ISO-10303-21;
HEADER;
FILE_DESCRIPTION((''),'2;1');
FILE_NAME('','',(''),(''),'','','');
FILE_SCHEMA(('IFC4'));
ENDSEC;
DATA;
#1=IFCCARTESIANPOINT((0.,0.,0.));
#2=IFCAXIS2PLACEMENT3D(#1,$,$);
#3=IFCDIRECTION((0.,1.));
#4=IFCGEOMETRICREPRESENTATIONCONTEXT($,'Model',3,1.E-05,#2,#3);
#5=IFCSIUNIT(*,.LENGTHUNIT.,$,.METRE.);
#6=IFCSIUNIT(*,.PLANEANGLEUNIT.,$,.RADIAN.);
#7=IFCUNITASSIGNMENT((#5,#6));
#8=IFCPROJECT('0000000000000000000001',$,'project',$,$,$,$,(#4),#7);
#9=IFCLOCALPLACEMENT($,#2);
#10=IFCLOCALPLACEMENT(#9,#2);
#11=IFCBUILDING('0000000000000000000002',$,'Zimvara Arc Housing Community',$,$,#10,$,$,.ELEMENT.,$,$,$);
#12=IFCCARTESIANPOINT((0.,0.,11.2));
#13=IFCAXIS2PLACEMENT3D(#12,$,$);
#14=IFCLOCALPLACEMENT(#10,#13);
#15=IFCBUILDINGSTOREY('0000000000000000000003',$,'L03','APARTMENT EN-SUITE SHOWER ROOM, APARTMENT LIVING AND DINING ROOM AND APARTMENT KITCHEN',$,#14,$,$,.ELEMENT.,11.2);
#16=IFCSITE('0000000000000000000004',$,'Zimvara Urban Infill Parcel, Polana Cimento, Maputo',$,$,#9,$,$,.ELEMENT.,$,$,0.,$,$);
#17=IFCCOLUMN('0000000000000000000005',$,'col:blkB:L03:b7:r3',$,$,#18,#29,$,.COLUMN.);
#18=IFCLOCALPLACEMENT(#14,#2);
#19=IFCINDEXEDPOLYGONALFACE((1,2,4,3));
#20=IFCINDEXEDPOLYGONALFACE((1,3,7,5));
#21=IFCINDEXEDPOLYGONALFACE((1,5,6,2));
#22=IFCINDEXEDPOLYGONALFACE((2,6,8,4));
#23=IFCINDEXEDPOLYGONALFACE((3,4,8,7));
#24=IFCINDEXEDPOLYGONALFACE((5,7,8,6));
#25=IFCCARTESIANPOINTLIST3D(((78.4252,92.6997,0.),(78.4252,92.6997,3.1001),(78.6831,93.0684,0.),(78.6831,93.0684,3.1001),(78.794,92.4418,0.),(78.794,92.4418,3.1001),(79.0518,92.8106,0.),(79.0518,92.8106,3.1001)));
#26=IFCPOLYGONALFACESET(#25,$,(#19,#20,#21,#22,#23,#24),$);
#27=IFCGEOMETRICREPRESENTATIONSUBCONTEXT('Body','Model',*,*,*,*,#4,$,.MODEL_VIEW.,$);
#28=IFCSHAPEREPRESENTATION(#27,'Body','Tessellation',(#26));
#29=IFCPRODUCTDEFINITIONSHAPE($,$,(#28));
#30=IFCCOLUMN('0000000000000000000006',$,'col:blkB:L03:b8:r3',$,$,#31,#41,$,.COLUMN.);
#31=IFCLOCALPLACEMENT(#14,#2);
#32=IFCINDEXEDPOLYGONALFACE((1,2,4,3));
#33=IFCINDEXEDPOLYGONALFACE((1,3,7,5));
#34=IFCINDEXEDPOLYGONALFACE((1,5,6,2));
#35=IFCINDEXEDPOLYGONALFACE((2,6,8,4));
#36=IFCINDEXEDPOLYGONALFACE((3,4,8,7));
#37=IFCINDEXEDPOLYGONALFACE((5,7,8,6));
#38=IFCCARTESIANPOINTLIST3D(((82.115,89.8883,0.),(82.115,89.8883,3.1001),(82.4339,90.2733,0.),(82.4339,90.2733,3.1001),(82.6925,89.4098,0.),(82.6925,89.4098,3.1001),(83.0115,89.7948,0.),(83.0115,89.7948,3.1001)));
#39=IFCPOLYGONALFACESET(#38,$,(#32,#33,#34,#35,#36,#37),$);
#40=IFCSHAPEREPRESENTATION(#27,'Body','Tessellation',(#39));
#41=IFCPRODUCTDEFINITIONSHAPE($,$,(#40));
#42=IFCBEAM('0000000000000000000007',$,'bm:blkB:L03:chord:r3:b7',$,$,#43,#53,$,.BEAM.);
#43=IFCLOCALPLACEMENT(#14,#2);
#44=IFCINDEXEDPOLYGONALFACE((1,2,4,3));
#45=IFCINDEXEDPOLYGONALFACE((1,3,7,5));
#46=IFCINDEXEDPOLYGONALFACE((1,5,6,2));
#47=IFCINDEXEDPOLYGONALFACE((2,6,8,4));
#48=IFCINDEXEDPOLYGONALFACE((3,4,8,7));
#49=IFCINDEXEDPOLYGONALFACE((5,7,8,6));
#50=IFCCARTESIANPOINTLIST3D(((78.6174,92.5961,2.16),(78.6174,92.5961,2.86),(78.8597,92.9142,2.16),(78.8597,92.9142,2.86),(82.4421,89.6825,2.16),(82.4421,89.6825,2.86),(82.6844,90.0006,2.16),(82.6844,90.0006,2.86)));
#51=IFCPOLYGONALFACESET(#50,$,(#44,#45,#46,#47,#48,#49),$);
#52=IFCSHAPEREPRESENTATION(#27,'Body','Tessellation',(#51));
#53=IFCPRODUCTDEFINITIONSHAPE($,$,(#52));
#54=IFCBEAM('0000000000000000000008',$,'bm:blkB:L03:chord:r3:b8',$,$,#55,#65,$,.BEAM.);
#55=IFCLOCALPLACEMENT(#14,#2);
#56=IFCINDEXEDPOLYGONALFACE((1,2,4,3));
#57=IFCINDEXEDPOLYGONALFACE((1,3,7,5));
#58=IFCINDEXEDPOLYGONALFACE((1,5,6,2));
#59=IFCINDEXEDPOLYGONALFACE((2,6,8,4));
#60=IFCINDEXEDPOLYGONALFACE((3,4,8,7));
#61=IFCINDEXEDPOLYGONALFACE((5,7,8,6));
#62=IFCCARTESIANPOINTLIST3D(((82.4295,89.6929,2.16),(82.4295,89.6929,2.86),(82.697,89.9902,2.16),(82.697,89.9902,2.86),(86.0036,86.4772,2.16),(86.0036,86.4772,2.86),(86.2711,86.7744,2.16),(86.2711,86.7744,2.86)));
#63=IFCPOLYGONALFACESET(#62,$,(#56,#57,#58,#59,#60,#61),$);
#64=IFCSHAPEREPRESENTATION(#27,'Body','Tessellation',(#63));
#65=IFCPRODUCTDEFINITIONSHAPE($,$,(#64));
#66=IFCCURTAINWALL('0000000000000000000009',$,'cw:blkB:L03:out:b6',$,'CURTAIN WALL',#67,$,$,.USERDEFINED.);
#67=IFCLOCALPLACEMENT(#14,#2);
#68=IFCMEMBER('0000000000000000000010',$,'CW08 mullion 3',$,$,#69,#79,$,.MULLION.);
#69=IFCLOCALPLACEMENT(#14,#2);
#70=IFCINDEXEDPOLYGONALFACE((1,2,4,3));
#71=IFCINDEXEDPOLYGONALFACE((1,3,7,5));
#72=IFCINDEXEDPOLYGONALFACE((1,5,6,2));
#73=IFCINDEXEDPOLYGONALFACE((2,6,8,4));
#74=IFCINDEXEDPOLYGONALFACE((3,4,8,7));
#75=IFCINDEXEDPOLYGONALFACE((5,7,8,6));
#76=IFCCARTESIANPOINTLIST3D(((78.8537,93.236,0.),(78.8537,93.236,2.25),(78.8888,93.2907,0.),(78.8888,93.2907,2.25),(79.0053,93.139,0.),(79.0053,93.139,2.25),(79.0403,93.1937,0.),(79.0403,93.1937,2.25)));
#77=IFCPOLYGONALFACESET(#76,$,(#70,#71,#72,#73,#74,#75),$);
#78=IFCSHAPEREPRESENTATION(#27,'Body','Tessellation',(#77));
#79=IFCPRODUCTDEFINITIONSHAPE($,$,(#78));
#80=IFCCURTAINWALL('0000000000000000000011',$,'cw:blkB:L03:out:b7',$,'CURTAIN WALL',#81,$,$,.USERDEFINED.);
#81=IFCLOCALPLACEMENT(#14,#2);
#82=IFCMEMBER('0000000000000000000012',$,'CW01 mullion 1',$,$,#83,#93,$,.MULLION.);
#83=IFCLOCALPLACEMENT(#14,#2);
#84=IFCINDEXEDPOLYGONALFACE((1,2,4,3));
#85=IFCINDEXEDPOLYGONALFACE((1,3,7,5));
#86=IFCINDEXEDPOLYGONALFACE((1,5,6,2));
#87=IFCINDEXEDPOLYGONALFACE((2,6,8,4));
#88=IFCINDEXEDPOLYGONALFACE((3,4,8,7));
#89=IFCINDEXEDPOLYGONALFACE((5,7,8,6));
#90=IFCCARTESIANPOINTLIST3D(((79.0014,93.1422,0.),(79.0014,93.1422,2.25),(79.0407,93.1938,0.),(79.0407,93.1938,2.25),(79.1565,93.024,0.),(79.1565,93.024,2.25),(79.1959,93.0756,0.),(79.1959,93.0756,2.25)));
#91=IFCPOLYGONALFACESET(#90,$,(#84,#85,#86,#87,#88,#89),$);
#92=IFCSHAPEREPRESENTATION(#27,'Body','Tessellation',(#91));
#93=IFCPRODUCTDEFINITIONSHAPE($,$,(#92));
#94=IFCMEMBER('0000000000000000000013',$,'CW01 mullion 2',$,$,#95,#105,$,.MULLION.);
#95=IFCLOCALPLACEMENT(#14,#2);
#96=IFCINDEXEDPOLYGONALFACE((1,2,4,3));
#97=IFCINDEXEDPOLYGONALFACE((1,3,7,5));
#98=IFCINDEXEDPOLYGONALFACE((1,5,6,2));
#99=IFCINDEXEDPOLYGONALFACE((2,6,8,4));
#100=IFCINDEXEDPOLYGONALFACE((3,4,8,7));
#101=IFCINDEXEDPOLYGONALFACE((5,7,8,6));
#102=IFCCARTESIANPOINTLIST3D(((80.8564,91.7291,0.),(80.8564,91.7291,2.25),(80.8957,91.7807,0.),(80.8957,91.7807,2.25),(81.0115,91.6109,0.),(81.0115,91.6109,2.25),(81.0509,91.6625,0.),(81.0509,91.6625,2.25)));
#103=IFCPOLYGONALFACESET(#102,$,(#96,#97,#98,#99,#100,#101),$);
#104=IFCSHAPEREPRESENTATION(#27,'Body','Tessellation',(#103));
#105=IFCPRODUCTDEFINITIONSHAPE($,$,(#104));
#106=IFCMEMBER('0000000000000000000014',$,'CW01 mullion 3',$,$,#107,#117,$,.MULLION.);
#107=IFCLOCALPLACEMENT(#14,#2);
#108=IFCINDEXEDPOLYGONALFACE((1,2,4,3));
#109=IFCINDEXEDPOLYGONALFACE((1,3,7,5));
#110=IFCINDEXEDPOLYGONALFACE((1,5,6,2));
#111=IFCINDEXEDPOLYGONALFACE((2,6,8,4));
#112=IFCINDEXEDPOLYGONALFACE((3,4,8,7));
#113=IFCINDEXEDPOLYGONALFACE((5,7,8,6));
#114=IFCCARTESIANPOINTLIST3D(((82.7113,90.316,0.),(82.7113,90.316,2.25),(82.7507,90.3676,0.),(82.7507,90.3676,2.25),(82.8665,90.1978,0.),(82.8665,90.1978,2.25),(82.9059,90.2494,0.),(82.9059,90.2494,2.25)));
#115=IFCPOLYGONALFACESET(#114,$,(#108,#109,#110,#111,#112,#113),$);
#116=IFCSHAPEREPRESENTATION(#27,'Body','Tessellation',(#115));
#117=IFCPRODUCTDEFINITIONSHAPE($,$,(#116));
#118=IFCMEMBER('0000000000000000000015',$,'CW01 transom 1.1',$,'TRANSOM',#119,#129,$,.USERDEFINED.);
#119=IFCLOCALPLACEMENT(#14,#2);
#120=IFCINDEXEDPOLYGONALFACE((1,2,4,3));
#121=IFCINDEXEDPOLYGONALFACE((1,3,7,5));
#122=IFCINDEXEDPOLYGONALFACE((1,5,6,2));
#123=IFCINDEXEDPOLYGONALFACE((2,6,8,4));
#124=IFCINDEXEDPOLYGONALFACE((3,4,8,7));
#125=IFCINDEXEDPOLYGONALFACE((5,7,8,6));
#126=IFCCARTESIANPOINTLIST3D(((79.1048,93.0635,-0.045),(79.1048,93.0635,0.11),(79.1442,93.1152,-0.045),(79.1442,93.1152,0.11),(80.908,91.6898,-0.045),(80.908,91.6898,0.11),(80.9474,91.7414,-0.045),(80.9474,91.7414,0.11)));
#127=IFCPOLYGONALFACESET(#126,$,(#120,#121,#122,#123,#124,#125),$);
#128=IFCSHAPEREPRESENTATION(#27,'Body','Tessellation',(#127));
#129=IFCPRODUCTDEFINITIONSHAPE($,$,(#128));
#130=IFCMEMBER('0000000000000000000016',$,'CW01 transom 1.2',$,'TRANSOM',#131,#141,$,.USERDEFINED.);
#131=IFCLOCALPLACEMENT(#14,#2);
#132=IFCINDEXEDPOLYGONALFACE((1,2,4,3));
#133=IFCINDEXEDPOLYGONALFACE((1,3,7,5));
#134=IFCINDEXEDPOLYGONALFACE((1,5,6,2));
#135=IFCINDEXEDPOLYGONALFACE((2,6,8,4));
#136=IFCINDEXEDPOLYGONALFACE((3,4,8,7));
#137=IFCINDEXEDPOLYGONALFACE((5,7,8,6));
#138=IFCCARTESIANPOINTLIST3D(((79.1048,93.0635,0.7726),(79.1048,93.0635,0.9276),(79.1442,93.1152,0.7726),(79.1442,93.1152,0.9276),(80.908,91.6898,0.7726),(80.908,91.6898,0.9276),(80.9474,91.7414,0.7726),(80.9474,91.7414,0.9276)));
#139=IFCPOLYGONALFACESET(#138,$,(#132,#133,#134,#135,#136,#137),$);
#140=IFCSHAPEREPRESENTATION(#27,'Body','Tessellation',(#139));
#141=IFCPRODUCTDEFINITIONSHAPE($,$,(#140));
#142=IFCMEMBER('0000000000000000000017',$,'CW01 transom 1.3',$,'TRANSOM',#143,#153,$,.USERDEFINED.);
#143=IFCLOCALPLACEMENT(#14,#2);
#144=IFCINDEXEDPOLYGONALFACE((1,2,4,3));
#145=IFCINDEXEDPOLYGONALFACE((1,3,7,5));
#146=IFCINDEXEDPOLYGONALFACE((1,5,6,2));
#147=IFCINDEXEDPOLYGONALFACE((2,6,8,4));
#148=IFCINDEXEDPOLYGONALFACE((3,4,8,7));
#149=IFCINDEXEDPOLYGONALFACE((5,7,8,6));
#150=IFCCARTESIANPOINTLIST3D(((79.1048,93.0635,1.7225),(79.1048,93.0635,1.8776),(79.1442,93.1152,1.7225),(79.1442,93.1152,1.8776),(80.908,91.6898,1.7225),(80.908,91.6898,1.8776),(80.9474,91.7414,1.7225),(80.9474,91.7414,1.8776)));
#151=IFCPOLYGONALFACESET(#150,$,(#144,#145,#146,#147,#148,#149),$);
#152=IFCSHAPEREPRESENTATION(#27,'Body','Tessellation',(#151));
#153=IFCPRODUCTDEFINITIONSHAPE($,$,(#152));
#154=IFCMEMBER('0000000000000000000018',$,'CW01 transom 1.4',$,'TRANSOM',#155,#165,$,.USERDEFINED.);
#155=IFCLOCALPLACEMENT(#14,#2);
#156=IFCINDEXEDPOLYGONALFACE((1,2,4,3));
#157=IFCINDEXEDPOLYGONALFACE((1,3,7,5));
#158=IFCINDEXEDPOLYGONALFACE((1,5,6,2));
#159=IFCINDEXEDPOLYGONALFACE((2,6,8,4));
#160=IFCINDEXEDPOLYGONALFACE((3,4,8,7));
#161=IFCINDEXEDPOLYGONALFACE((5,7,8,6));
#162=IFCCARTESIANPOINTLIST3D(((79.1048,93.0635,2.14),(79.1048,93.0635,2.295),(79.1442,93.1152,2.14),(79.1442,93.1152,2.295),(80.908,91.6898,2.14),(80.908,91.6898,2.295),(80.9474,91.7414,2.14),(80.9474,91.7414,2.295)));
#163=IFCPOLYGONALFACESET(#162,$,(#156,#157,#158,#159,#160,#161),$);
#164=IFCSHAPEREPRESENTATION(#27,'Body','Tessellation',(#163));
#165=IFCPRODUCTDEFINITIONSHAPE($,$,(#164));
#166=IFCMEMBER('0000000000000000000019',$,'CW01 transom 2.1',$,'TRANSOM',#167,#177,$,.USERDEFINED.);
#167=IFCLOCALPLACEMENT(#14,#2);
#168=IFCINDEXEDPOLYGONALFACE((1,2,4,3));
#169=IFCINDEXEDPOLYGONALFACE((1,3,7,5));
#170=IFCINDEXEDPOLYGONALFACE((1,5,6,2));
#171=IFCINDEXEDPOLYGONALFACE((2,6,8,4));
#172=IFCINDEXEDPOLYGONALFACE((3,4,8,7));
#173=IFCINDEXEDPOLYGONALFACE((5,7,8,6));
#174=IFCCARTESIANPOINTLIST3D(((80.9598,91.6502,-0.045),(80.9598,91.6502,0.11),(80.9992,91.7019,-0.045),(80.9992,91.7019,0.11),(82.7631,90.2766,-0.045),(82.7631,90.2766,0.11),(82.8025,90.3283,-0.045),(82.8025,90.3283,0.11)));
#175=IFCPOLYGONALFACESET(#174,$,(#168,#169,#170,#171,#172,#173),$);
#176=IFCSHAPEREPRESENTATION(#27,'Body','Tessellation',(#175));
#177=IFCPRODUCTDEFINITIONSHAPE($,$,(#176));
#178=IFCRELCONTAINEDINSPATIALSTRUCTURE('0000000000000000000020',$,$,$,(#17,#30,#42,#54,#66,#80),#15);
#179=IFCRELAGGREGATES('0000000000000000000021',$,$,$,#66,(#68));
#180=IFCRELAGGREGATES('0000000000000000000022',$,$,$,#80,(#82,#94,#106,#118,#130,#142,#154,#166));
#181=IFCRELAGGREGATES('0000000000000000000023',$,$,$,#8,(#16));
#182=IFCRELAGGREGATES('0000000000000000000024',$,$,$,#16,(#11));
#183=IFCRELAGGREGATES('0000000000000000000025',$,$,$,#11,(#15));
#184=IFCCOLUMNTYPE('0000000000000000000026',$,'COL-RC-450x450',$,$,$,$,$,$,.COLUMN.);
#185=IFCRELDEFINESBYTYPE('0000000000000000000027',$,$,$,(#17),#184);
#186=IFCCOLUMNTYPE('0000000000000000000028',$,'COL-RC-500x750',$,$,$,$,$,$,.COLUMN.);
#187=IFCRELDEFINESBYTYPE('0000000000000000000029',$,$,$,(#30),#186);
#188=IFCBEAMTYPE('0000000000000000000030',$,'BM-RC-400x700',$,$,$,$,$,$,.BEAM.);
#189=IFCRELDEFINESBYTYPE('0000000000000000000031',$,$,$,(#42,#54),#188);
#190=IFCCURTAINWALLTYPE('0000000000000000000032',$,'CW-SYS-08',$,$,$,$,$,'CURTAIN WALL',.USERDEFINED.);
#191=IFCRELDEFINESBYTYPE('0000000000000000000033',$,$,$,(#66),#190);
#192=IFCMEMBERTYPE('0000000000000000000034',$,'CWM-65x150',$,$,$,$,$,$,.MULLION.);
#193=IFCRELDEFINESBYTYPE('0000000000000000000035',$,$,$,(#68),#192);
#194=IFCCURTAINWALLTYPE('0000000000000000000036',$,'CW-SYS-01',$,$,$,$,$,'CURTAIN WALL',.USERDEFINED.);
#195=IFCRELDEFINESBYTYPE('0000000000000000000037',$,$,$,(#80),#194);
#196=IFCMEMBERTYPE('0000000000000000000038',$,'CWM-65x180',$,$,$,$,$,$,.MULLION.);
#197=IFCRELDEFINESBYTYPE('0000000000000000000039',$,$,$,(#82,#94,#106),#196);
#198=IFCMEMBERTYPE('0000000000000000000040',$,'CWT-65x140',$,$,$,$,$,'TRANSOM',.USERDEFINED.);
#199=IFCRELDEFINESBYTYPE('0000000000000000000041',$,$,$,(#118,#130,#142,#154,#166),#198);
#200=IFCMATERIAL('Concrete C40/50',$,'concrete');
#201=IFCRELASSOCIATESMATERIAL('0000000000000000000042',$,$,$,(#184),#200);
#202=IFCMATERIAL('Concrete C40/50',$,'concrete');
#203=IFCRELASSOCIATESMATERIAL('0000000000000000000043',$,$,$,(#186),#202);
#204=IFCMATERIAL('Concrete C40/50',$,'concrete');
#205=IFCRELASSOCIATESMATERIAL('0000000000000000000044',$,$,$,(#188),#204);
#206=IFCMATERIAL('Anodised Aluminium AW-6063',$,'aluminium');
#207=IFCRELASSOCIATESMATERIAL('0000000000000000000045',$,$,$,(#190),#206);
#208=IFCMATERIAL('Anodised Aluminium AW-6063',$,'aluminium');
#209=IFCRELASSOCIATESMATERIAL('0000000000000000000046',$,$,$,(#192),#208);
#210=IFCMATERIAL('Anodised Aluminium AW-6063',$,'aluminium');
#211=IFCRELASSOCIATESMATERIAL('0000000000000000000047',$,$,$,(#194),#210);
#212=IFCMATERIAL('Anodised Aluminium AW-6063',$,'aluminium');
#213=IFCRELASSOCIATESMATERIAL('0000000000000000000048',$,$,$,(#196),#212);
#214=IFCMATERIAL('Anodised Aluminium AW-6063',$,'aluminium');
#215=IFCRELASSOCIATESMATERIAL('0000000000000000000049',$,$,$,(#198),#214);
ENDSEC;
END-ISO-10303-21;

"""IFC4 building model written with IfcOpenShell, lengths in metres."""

from ifc_helpers import new_model, si_unit, direction, frame, origin, origin_2d, place, context, subcontext, project, spatial, rectangle, extrude, material, material_profile, profile_set, type_object, element, aggregate, save


model = new_model("IFC4")

# Units and contexts
model_context = context("Model", 3, precision=1e-05, world=origin(), true_north=direction((0.0, 1.0)))
body_context = subcontext(model_context, "Body", "Model", "MODEL_VIEW")
ifc_project = project(units=[si_unit("LENGTHUNIT", "METRE"), si_unit("PLANEANGLEUNIT", "RADIAN")], contexts=[model_context])

# Site, building, storey
site_placement = place(None, origin())
site = spatial("IfcSite", under=ifc_project, at=site_placement, Name="Zimvara Urban Infill Parcel, Polana Cimento, Maputo", CompositionType="ELEMENT", RefElevation=0.0)
building_placement = place(site_placement, origin())
building = spatial("IfcBuilding", under=site, at=building_placement, Name="Zimvara Arc Housing Community", CompositionType="ELEMENT")
storey_placement = place(building_placement, frame((0.0, 0.0, 11.2)))
storey = spatial("IfcBuildingStorey", under=building, at=storey_placement, Name="L03", Description="APARTMENT EN-SUITE SHOWER ROOM, APARTMENT LIVING AND DINING ROOM AND APARTMENT KITCHEN", CompositionType="ELEMENT", Elevation=11.2)

# Columns
ifc_material_1 = material(Name="Concrete C40/50", Category="concrete")
ifc_material_profile_1 = material_profile(ifc_material_1, rectangle(XDim=0.45, YDim=0.45, at=origin_2d()), Name="RC 450x450")
ifc_profile_set_1 = profile_set([ifc_material_profile_1], Name="Concrete C40/50")
column_type_1 = type_object("IfcColumnType", Name="COL-RC-450x450", PredefinedType="COLUMN", material=ifc_profile_set_1)
column_1_placement = place(storey_placement, frame((78.7385, 92.7551, 0.0), z_axis=(0.0, 0.0, 1.0), x_axis=(0.573004, 0.819552, 0.0)))
element("IfcColumn", 1, at=column_1_placement, inside=storey, type_object=column_type_1, Name="col:blkB:L03:b7:r3", PredefinedType="COLUMN", context=body_context, shape_type="SweptSolid", body=[
    extrude(rectangle(XDim=0.45, YDim=0.45, at=origin_2d()), origin(), (0.0, 0.0, 1.0), 3.1001),
])
ifc_material_2 = material(Name="Concrete C40/50", Category="concrete")
ifc_material_profile_2 = material_profile(ifc_material_2, rectangle(XDim=0.5, YDim=0.75, at=origin_2d()), Name="RC 500x750")
ifc_profile_set_2 = profile_set([ifc_material_profile_2], Name="Concrete C40/50")
column_type_2 = type_object("IfcColumnType", Name="COL-RC-500x750", PredefinedType="COLUMN", material=ifc_profile_set_2)
column_2_placement = place(storey_placement, frame((82.5632, 89.8416, 0.0), z_axis=(0.0, 0.0, 1.0), x_axis=(0.637962, 0.770068, 0.0)))
element("IfcColumn", 2, at=column_2_placement, inside=storey, type_object=column_type_2, Name="col:blkB:L03:b8:r3", PredefinedType="COLUMN", context=body_context, shape_type="SweptSolid", body=[
    extrude(rectangle(XDim=0.5, YDim=0.75, at=origin_2d()), origin(), (0.0, 0.0, 1.0), 3.1001),
])

# Beams
ifc_material_3 = material(Name="Concrete C40/50", Category="concrete")
ifc_material_profile_3 = material_profile(ifc_material_3, rectangle(XDim=0.3999, YDim=0.7, at=origin_2d()), Name="RC 400x700")
ifc_profile_set_3 = profile_set([ifc_material_profile_3], Name="Concrete C40/50")
beam_type = type_object("IfcBeamType", Name="BM-RC-400x700", PredefinedType="BEAM", material=ifc_profile_set_3)
beam_1_placement = place(storey_placement, frame((78.7385, 92.7551, 2.51), z_axis=(0.795481, -0.605979, 0.0), x_axis=(0.605979, 0.795481, 0.0)))
element("IfcBeam", 3, at=beam_1_placement, inside=storey, type_object=beam_type, Name="bm:blkB:L03:chord:r3:b7", PredefinedType="BEAM", context=body_context, shape_type="SweptSolid", body=[
    extrude(rectangle(XDim=0.3999, YDim=0.7, at=origin_2d()), origin(), (0.0, 0.0, 1.0), 4.8081),
])
beam_2_placement = place(storey_placement, frame((82.5632, 89.8416, 2.51), z_axis=(0.743395, -0.668853, 0.0), x_axis=(0.668853, 0.743395, 0.0)))
element("IfcBeam", 4, at=beam_2_placement, inside=storey, type_object=beam_type, Name="bm:blkB:L03:chord:r3:b8", PredefinedType="BEAM", context=body_context, shape_type="SweptSolid", body=[
    extrude(rectangle(XDim=0.3999, YDim=0.7, at=origin_2d()), origin(), (0.0, 0.0, 1.0), 4.8079),
])

# Curtain wall, member
ifc_material_4 = material(Name="Anodised Aluminium AW-6063", Category="aluminium")
curtain_wall_type_1 = type_object("IfcCurtainWallType", Name="CW-SYS-08", ElementType="CURTAIN WALL", PredefinedType="USERDEFINED", material=ifc_material_4)
curtain_wall_1_placement = place(storey_placement, origin())
curtain_wall_1 = element("IfcCurtainWall", 5, at=curtain_wall_1_placement, inside=storey, type_object=curtain_wall_type_1, Name="cw:blkB:L03:out:b6", ObjectType="CURTAIN WALL", PredefinedType="USERDEFINED")
ifc_material_5 = material(Name="Anodised Aluminium AW-6063", Category="aluminium")
ifc_material_profile_4 = material_profile(ifc_material_5, rectangle(XDim=0.0649, YDim=0.1799, at=origin_2d()), Name="ALU 65x180")
ifc_profile_set_4 = profile_set([ifc_material_profile_4], Name="Anodised Aluminium AW-6063")
member_type_1 = type_object("IfcMemberType", Name="CWM-65x150", PredefinedType="MULLION", material=ifc_profile_set_4)
member_1_placement = place(storey_placement, frame((78.947, 93.2148, 0.0), z_axis=(0.0, 0.0, 1.0), x_axis=(0.539065, 0.842264, 0.0)))
member_1 = element("IfcMember", 6, at=member_1_placement, type_object=member_type_1, Name="CW08 mullion 3", PredefinedType="MULLION", context=body_context, shape_type="SweptSolid", body=[
    extrude(rectangle(XDim=0.0649, YDim=0.1799, at=origin_2d()), origin(), (0.0, 0.0, 1.0), 2.25),
])

# Curtain wall, members
ifc_material_6 = material(Name="Anodised Aluminium AW-6063", Category="aluminium")
curtain_wall_type_2 = type_object("IfcCurtainWallType", Name="CW-SYS-01", ElementType="CURTAIN WALL", PredefinedType="USERDEFINED", material=ifc_material_6)
curtain_wall_2_placement = place(storey_placement, origin())
curtain_wall_2 = element("IfcCurtainWall", 7, at=curtain_wall_2_placement, inside=storey, type_object=curtain_wall_type_2, Name="cw:blkB:L03:out:b7", ObjectType="CURTAIN WALL", PredefinedType="USERDEFINED")
ifc_material_7 = material(Name="Anodised Aluminium AW-6063", Category="aluminium")
ifc_material_profile_5 = material_profile(ifc_material_7, rectangle(XDim=0.0649, YDim=0.1951, at=origin_2d()), Name="ALU 65x195")
ifc_profile_set_5 = profile_set([ifc_material_profile_5], Name="Anodised Aluminium AW-6063")
member_type_2 = type_object("IfcMemberType", Name="CWM-65x180", PredefinedType="MULLION", material=ifc_profile_set_5)
member_2_placement = place(storey_placement, frame((79.0986, 93.1089, 0.0), z_axis=(0.0, 0.0, 1.0), x_axis=(0.605988, 0.795474, 0.0)))
member_2 = element("IfcMember", 8, at=member_2_placement, type_object=member_type_2, Name="CW01 mullion 1", PredefinedType="MULLION", context=body_context, shape_type="SweptSolid", body=[
    extrude(rectangle(XDim=0.0649, YDim=0.1951, at=origin_2d()), origin(), (0.0, 0.0, 1.0), 2.25),
])
member_3_placement = place(storey_placement, frame((80.9536, 91.6958, 0.0), z_axis=(0.0, 0.0, 1.0), x_axis=(0.605988, 0.795474, 0.0)))
member_3 = element("IfcMember", 9, at=member_3_placement, type_object=member_type_2, Name="CW01 mullion 2", PredefinedType="MULLION", context=body_context, shape_type="SweptSolid", body=[
    extrude(rectangle(XDim=0.0649, YDim=0.1951, at=origin_2d()), origin(), (0.0, 0.0, 1.0), 2.25),
])
member_4_placement = place(storey_placement, frame((82.8086, 90.2827, 0.0), z_axis=(0.0, 0.0, 1.0), x_axis=(0.605988, 0.795474, 0.0)))
member_4 = element("IfcMember", 10, at=member_4_placement, type_object=member_type_2, Name="CW01 mullion 3", PredefinedType="MULLION", context=body_context, shape_type="SweptSolid", body=[
    extrude(rectangle(XDim=0.0649, YDim=0.1951, at=origin_2d()), origin(), (0.0, 0.0, 1.0), 2.25),
])
ifc_material_8 = material(Name="Anodised Aluminium AW-6063", Category="aluminium")
ifc_material_profile_6 = material_profile(ifc_material_8, rectangle(XDim=0.0649, YDim=0.155, at=origin_2d()), Name="ALU 65x155")
ifc_profile_set_6 = profile_set([ifc_material_profile_6], Name="Anodised Aluminium AW-6063")
member_type_3 = type_object("IfcMemberType", Name="CWT-65x140", ElementType="TRANSOM", PredefinedType="USERDEFINED", material=ifc_profile_set_6)
member_5_placement = place(storey_placement, frame((79.1245, 93.0894, 0.0325), z_axis=(0.795454, -0.606014, 0.0), x_axis=(0.606014, 0.795454, 0.0)))
member_5 = element("IfcMember", 11, at=member_5_placement, type_object=member_type_3, Name="CW01 transom 1.1", ObjectType="TRANSOM", PredefinedType="USERDEFINED", context=body_context, shape_type="SweptSolid", body=[
    extrude(rectangle(XDim=0.0649, YDim=0.155, at=origin_2d()), origin(), (0.0, 0.0, 1.0), 2.2668),
])
member_6_placement = place(storey_placement, frame((79.1245, 93.0894, 0.8501), z_axis=(0.795454, -0.606014, 0.0), x_axis=(0.606014, 0.795454, 0.0)))
member_6 = element("IfcMember", 12, at=member_6_placement, type_object=member_type_3, Name="CW01 transom 1.2", ObjectType="TRANSOM", PredefinedType="USERDEFINED", context=body_context, shape_type="SweptSolid", body=[
    extrude(rectangle(XDim=0.0649, YDim=0.155, at=origin_2d()), origin(), (0.0, 0.0, 1.0), 2.2668),
])
member_7_placement = place(storey_placement, frame((79.1245, 93.0894, 1.8), z_axis=(0.795454, -0.606014, 0.0), x_axis=(0.606014, 0.795454, 0.0)))
member_7 = element("IfcMember", 13, at=member_7_placement, type_object=member_type_3, Name="CW01 transom 1.3", ObjectType="TRANSOM", PredefinedType="USERDEFINED", context=body_context, shape_type="SweptSolid", body=[
    extrude(rectangle(XDim=0.0649, YDim=0.155, at=origin_2d()), origin(), (0.0, 0.0, 1.0), 2.2668),
])
member_8_placement = place(storey_placement, frame((79.1245, 93.0894, 2.2175), z_axis=(0.795454, -0.606014, 0.0), x_axis=(0.606014, 0.795454, 0.0)))
member_8 = element("IfcMember", 14, at=member_8_placement, type_object=member_type_3, Name="CW01 transom 1.4", ObjectType="TRANSOM", PredefinedType="USERDEFINED", context=body_context, shape_type="SweptSolid", body=[
    extrude(rectangle(XDim=0.0649, YDim=0.155, at=origin_2d()), origin(), (0.0, 0.0, 1.0), 2.2668),
])
member_9_placement = place(storey_placement, frame((80.9795, 91.676, 0.0325), z_axis=(0.795506, -0.605946, 0.0), x_axis=(0.605946, 0.795506, 0.0)))
member_9 = element("IfcMember", 15, at=member_9_placement, type_object=member_type_3, Name="CW01 transom 2.1", ObjectType="TRANSOM", PredefinedType="USERDEFINED", context=body_context, shape_type="SweptSolid", body=[
    extrude(rectangle(XDim=0.0649, YDim=0.155, at=origin_2d()), origin(), (0.0, 0.0, 1.0), 2.2668),
])

aggregate(curtain_wall_1, [member_1])
aggregate(curtain_wall_2, [member_2, member_3, member_4, member_5, member_6, member_7, member_8, member_9])

save(model, "model.ifc")
